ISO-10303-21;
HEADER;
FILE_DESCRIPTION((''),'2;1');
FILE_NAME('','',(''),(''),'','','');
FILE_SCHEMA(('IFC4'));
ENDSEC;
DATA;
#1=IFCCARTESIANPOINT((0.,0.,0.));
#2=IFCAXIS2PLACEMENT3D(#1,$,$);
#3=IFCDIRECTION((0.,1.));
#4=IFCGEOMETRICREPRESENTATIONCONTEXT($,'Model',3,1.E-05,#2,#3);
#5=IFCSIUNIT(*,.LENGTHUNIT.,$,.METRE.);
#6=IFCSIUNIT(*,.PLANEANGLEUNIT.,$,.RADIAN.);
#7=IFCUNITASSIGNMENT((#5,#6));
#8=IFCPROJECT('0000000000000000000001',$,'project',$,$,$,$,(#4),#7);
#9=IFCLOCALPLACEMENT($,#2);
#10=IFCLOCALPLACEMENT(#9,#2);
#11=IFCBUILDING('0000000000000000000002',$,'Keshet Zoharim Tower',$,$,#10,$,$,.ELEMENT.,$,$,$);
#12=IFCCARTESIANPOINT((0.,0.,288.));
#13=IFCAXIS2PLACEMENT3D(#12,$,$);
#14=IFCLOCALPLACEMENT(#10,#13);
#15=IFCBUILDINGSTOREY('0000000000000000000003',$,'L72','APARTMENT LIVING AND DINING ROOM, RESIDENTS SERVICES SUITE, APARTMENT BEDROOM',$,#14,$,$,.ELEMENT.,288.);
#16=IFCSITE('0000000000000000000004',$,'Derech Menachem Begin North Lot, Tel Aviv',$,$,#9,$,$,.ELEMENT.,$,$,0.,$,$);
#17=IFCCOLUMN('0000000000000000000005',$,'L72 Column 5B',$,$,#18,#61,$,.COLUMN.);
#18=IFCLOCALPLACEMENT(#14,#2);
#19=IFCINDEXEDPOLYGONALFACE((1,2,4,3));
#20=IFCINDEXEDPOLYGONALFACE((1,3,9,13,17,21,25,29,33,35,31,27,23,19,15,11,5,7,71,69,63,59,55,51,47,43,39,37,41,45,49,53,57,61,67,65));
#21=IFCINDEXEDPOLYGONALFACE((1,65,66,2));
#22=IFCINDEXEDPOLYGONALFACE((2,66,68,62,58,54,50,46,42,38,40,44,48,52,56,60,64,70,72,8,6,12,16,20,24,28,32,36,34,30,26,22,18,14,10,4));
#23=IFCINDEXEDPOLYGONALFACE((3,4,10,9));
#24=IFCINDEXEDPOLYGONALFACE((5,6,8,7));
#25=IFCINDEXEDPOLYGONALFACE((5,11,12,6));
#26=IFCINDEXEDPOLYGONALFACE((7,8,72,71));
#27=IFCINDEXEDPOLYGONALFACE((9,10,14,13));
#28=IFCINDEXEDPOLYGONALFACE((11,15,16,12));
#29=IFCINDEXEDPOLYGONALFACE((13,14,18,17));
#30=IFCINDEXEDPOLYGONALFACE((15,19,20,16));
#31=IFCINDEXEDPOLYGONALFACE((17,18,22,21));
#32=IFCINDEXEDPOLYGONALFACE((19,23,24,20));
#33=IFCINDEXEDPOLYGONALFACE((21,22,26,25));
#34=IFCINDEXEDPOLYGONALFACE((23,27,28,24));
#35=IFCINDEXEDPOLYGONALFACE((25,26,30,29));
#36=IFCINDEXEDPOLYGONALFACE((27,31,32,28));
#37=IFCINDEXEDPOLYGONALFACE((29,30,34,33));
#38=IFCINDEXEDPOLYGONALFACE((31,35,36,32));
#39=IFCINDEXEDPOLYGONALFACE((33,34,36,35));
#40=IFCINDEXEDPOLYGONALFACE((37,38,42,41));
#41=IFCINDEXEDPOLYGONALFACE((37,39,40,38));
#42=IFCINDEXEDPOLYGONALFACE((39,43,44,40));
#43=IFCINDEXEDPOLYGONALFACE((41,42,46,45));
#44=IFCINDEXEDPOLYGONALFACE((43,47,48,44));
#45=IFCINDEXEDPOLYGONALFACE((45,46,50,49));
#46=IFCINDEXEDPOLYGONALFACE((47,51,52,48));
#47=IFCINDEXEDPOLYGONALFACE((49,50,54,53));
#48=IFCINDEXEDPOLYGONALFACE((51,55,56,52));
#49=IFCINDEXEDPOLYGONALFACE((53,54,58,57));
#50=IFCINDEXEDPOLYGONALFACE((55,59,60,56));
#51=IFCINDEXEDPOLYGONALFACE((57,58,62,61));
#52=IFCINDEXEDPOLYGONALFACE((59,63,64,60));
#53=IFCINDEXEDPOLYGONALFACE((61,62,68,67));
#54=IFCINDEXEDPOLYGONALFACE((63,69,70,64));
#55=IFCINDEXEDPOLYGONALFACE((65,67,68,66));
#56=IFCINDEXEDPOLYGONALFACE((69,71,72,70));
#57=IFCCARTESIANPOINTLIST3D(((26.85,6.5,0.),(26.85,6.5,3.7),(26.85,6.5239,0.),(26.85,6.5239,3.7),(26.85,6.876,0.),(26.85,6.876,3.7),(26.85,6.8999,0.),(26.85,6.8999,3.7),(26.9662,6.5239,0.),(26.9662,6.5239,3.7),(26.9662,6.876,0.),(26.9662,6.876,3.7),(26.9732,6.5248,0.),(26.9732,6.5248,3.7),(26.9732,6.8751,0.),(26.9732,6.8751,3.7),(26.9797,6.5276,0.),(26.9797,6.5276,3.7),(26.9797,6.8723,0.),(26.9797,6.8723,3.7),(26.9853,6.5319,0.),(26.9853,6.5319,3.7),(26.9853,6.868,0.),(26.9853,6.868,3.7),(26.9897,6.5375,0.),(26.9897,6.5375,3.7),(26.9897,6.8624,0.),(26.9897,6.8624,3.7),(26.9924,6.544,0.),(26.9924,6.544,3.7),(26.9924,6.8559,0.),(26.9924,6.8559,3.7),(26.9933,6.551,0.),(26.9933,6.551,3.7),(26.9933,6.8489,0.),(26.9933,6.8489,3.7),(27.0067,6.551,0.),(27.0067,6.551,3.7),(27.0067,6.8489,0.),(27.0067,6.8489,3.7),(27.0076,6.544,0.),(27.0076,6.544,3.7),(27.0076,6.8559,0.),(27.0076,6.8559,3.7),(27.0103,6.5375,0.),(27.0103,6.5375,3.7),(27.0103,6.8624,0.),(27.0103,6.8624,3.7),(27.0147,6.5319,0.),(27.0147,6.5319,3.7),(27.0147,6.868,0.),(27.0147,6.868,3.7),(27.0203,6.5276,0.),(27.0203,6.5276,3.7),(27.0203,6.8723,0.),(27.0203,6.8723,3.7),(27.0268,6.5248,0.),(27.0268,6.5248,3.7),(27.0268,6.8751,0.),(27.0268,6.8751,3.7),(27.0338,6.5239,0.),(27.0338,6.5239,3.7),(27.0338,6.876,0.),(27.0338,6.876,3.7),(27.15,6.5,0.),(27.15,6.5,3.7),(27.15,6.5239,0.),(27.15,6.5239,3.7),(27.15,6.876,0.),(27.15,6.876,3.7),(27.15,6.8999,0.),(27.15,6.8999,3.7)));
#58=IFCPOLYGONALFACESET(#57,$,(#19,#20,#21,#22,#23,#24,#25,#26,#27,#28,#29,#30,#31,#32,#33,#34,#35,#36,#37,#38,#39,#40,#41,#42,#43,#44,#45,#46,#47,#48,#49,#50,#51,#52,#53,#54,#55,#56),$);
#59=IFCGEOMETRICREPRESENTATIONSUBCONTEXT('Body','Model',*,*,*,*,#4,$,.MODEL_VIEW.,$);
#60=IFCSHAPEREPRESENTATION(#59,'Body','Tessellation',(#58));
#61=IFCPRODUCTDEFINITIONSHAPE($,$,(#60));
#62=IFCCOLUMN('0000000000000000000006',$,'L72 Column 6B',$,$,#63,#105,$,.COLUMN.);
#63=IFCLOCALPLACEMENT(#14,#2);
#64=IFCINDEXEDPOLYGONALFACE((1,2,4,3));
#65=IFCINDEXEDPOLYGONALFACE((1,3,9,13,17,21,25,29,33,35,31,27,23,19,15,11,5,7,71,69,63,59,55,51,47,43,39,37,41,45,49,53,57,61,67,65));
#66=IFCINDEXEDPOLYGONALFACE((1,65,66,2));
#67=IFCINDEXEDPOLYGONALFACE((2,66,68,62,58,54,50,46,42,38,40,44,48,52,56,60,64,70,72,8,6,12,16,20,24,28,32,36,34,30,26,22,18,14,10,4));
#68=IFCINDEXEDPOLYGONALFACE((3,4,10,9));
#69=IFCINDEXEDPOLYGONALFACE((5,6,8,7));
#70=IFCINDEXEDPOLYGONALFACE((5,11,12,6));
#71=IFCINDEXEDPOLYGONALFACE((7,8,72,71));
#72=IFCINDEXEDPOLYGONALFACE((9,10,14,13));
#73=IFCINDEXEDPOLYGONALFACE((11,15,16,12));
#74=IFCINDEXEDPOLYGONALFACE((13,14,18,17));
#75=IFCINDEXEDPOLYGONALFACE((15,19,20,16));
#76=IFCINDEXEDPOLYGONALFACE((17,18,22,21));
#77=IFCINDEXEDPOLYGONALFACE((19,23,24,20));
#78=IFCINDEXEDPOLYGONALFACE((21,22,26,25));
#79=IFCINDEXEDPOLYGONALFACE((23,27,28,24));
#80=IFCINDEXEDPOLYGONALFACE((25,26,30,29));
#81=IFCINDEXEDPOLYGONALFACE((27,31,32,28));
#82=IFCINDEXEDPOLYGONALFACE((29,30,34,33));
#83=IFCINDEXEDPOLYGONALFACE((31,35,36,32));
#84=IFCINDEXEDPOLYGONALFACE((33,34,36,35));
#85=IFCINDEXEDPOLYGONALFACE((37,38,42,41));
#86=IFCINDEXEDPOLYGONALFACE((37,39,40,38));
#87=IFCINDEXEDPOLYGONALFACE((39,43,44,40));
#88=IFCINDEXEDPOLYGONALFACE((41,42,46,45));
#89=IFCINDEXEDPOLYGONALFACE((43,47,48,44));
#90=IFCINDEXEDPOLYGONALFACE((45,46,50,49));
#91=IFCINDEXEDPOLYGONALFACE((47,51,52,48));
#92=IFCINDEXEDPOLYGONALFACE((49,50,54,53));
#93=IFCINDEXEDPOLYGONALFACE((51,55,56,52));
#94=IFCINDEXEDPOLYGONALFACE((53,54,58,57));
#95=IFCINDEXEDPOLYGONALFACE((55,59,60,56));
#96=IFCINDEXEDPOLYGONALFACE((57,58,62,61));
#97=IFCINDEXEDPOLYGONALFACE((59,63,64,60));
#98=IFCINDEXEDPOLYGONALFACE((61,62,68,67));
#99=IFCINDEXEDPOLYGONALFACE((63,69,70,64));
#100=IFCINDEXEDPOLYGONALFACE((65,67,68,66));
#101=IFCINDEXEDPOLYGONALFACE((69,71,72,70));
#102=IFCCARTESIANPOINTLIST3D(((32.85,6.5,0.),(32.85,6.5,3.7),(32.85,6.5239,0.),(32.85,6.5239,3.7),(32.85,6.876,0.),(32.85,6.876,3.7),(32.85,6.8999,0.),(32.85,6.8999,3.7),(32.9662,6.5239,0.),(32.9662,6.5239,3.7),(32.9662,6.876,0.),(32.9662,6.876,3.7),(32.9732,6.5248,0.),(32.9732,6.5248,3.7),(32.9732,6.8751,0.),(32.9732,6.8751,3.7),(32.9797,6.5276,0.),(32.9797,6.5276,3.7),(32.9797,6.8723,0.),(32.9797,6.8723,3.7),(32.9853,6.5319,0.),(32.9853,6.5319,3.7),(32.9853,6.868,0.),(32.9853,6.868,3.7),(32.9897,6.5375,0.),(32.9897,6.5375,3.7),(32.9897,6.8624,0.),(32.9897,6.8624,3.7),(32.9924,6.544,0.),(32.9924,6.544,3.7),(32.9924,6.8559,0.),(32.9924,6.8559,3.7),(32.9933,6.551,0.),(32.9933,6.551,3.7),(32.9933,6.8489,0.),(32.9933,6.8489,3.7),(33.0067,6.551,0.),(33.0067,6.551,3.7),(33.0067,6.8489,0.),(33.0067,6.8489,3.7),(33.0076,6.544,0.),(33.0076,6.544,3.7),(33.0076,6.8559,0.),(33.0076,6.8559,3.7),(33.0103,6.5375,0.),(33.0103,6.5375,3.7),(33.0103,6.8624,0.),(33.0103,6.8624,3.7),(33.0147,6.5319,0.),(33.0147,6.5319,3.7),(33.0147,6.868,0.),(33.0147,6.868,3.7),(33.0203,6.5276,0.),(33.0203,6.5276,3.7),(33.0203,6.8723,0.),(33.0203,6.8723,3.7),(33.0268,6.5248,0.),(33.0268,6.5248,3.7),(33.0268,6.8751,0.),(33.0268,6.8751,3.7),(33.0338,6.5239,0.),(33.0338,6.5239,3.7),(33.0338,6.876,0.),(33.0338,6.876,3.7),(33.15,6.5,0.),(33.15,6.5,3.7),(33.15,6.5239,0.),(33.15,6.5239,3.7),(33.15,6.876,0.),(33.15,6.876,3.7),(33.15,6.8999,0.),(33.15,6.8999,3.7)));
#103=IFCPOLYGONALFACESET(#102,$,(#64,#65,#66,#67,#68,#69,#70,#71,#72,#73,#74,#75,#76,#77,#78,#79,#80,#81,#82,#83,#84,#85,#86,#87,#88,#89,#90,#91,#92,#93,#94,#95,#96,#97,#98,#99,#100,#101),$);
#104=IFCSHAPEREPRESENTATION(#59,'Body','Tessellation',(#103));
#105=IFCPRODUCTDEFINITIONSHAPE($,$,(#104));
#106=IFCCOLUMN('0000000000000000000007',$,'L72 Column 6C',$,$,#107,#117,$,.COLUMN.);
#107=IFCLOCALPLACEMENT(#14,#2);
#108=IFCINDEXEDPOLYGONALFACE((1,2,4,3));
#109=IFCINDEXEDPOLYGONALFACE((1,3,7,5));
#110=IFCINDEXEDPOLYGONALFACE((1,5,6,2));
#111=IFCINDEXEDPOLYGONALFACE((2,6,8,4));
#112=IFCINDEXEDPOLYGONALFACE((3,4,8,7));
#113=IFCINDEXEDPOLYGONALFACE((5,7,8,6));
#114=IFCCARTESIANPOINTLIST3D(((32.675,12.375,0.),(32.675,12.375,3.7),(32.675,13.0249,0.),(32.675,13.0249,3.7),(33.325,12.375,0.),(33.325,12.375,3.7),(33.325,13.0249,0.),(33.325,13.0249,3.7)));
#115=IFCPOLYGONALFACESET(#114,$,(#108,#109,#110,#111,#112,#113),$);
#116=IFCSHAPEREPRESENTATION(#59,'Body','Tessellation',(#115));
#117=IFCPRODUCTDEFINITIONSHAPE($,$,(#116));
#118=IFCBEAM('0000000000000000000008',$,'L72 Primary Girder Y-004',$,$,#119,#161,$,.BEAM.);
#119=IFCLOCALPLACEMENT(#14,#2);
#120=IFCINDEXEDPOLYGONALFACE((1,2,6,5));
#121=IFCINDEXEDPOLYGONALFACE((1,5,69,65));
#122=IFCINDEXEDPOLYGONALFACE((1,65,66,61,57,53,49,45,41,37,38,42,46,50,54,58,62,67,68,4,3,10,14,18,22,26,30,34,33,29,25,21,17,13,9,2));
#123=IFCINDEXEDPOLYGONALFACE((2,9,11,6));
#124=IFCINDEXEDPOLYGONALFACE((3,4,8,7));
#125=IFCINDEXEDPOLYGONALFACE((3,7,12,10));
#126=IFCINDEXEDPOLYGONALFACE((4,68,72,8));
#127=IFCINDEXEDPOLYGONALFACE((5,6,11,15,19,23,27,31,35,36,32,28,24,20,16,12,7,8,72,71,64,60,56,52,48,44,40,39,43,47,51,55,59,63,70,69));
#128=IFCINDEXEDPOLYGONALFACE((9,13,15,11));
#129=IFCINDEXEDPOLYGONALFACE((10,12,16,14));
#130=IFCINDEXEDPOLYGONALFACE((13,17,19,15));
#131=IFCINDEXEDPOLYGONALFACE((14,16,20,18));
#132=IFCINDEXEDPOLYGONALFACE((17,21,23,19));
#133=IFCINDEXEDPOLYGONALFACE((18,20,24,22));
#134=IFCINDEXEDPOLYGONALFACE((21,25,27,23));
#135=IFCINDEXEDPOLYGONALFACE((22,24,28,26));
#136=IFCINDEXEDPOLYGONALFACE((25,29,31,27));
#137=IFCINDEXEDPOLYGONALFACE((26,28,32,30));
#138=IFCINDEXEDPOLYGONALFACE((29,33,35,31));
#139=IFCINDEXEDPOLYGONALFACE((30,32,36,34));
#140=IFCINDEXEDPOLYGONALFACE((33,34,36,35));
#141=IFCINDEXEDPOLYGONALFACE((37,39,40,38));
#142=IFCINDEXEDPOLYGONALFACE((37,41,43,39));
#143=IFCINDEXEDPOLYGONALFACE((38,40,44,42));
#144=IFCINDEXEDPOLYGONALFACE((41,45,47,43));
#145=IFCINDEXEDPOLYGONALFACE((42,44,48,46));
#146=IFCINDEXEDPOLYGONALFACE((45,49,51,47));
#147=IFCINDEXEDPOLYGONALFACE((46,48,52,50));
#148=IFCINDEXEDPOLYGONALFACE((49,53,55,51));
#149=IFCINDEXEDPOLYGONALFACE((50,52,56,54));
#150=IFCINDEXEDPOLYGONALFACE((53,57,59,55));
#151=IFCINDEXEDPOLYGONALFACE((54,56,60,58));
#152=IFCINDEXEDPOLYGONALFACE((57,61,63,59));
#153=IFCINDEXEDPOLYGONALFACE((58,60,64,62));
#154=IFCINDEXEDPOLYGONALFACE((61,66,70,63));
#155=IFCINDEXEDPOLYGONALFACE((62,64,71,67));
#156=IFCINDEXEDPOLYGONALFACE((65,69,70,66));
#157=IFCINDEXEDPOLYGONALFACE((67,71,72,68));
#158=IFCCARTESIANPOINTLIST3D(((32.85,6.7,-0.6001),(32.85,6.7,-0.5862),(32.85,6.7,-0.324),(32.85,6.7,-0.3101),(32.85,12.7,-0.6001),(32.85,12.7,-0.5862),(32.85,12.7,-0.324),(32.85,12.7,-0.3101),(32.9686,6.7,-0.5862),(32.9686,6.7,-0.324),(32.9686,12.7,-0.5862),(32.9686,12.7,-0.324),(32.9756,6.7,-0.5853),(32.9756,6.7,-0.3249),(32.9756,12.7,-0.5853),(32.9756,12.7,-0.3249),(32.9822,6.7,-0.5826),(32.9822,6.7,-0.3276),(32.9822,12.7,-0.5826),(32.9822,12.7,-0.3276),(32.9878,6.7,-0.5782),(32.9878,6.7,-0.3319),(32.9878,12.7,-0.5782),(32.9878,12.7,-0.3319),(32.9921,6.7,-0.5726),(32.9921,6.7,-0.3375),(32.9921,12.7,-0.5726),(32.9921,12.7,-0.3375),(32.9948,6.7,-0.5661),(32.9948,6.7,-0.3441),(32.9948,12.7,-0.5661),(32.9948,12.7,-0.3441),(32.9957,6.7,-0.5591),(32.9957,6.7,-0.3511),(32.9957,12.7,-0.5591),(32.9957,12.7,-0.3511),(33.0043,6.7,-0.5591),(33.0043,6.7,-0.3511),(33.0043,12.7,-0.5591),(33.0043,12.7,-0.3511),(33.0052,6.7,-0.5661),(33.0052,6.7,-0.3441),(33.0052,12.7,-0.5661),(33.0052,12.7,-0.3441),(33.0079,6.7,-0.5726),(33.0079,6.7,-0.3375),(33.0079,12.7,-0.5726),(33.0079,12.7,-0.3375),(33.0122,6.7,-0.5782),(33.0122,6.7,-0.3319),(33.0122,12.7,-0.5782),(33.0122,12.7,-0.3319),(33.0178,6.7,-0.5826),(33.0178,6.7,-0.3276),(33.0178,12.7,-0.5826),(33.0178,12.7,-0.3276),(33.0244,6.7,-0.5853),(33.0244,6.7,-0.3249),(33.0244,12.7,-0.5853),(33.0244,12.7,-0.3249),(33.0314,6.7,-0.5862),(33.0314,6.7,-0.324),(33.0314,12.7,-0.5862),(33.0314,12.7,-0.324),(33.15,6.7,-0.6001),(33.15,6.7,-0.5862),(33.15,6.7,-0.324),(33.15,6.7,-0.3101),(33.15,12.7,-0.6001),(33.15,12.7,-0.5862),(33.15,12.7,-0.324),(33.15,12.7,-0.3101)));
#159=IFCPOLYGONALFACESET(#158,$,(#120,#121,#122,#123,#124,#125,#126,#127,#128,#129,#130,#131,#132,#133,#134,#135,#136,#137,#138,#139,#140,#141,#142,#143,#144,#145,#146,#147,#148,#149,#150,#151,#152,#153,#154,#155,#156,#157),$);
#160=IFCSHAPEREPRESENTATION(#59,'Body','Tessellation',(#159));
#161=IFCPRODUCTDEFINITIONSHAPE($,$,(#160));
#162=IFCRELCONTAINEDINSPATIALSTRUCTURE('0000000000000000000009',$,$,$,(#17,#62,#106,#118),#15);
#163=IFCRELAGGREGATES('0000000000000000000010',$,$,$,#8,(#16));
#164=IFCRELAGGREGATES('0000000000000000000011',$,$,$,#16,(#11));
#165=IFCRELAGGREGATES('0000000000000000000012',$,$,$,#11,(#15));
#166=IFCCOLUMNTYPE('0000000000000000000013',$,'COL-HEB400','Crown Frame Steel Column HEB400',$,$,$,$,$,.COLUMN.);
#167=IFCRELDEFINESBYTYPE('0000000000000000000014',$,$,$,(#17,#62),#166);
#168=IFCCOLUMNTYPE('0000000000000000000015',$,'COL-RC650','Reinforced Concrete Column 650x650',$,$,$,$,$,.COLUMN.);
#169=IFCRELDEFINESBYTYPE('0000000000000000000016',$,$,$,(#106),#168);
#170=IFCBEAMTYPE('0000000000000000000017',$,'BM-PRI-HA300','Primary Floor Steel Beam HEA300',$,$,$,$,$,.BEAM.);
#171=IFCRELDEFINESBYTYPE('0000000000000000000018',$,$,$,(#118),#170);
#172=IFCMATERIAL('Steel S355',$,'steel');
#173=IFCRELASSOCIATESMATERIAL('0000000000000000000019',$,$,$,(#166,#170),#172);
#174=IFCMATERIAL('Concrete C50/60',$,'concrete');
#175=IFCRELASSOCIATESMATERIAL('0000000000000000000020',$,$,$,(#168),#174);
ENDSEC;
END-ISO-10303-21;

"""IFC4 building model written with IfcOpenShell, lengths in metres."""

from ifc_helpers import new_model, si_unit, direction, frame, origin, origin_2d, place, context, subcontext, project, spatial, rectangle, i_section, extrude, material, material_profile, profile_set, type_object, element, save


model = new_model("IFC4")

# Units and contexts
model_context = context("Model", 3, precision=1e-05, world=origin(), true_north=direction((0.0, 1.0)))
body_context = subcontext(model_context, "Body", "Model", "MODEL_VIEW")
ifc_project = project(units=[si_unit("LENGTHUNIT", "METRE"), si_unit("PLANEANGLEUNIT", "RADIAN")], contexts=[model_context])

# Site, building, storey
site_placement = place(None, origin())
site = spatial("IfcSite", under=ifc_project, at=site_placement, Name="Derech Menachem Begin North Lot, Tel Aviv", CompositionType="ELEMENT", RefElevation=0.0)
building_placement = place(site_placement, origin())
building = spatial("IfcBuilding", under=site, at=building_placement, Name="Keshet Zoharim Tower", CompositionType="ELEMENT")
storey_placement = place(building_placement, frame((0.0, 0.0, 288.0)))
storey = spatial("IfcBuildingStorey", under=building, at=storey_placement, Name="L72", Description="APARTMENT LIVING AND DINING ROOM, RESIDENTS SERVICES SUITE, APARTMENT BEDROOM", CompositionType="ELEMENT", Elevation=288.0)

# Columns
ifc_material_1 = material(Name="Steel S355", Category="steel")
ifc_material_profile_1 = material_profile(ifc_material_1, i_section(OverallWidth=0.3, OverallDepth=0.3999, WebThickness=0.0134, FlangeThickness=0.0239, FilletRadius=0.0271, at=origin_2d()), Name="HEB400")
ifc_profile_set_1 = profile_set([ifc_material_profile_1], Name="Steel S355")
column_type_1 = type_object("IfcColumnType", Name="COL-HEB400", Description="Crown Frame Steel Column HEB400", PredefinedType="COLUMN", material=ifc_profile_set_1)
for number, where, z_axis, x_axis, name in (
    (1, (27.0, 6.7, 0.0), (0.0, 0.0, 1.0), (1.0, 0.0, 0.0), "L72 Column 5B"),
    (2, (33.0, 6.7, 0.0), (0.0, 0.0, 1.0), (1.0, 0.0, 0.0), "L72 Column 6B"),
):
    element("IfcColumn", number, at=place(storey_placement, frame(where, z_axis=z_axis, x_axis=x_axis)), inside=storey, type_object=column_type_1, Name=name, PredefinedType="COLUMN", context=body_context, shape_type="SweptSolid", body=[
        extrude(i_section(OverallWidth=0.3, OverallDepth=0.3999, WebThickness=0.0134, FlangeThickness=0.0239, FilletRadius=0.0271, at=origin_2d()), origin(), (0.0, 0.0, 1.0), 3.7),
    ])
ifc_material_2 = material(Name="Concrete C50/60", Category="concrete")
ifc_material_profile_2 = material_profile(ifc_material_2, rectangle(XDim=0.6499, YDim=0.6499, at=origin_2d()), Name="RC650x650")
ifc_profile_set_2 = profile_set([ifc_material_profile_2], Name="Concrete C50/60")
column_type_2 = type_object("IfcColumnType", Name="COL-RC650", Description="Reinforced Concrete Column 650x650", PredefinedType="COLUMN", material=ifc_profile_set_2)
column_placement = place(storey_placement, frame((33.0, 12.7, 0.0), z_axis=(0.0, 0.0, 1.0), x_axis=(1.0, 0.0, 0.0)))
element("IfcColumn", 3, at=column_placement, inside=storey, type_object=column_type_2, Name="L72 Column 6C", PredefinedType="COLUMN", context=body_context, shape_type="SweptSolid", body=[
    extrude(rectangle(XDim=0.6499, YDim=0.6499, at=origin_2d()), origin(), (0.0, 0.0, 1.0), 3.7),
])

# Beam
ifc_material_profile_3 = material_profile(ifc_material_1, i_section(OverallWidth=0.3, OverallDepth=0.29, WebThickness=0.0085, FlangeThickness=0.0139, FilletRadius=0.0271, at=origin_2d()), Name="HEA300")
ifc_profile_set_3 = profile_set([ifc_material_profile_3], Name="Steel S355")
beam_type_1 = type_object("IfcBeamType", Name="BM-PRI-HA300", Description="Primary Floor Steel Beam HEA300", PredefinedType="BEAM", material=ifc_profile_set_3)
beam_1_placement = place(storey_placement, frame((33.0, 6.7, -0.4551), z_axis=(0.0, 1.0, 0.0), x_axis=(-1.0, 0.0, 0.0)))
element("IfcBeam", 4, at=beam_1_placement, inside=storey, type_object=beam_type_1, Name="L72 Primary Girder Y-004", PredefinedType="BEAM", context=body_context, shape_type="SweptSolid", body=[
    extrude(i_section(OverallWidth=0.3, OverallDepth=0.29, WebThickness=0.0085, FlangeThickness=0.0139, FilletRadius=0.0271, at=origin_2d()), origin(), (0.0, 0.0, 1.0), 6.0),
])

save(model, "model.ifc")
